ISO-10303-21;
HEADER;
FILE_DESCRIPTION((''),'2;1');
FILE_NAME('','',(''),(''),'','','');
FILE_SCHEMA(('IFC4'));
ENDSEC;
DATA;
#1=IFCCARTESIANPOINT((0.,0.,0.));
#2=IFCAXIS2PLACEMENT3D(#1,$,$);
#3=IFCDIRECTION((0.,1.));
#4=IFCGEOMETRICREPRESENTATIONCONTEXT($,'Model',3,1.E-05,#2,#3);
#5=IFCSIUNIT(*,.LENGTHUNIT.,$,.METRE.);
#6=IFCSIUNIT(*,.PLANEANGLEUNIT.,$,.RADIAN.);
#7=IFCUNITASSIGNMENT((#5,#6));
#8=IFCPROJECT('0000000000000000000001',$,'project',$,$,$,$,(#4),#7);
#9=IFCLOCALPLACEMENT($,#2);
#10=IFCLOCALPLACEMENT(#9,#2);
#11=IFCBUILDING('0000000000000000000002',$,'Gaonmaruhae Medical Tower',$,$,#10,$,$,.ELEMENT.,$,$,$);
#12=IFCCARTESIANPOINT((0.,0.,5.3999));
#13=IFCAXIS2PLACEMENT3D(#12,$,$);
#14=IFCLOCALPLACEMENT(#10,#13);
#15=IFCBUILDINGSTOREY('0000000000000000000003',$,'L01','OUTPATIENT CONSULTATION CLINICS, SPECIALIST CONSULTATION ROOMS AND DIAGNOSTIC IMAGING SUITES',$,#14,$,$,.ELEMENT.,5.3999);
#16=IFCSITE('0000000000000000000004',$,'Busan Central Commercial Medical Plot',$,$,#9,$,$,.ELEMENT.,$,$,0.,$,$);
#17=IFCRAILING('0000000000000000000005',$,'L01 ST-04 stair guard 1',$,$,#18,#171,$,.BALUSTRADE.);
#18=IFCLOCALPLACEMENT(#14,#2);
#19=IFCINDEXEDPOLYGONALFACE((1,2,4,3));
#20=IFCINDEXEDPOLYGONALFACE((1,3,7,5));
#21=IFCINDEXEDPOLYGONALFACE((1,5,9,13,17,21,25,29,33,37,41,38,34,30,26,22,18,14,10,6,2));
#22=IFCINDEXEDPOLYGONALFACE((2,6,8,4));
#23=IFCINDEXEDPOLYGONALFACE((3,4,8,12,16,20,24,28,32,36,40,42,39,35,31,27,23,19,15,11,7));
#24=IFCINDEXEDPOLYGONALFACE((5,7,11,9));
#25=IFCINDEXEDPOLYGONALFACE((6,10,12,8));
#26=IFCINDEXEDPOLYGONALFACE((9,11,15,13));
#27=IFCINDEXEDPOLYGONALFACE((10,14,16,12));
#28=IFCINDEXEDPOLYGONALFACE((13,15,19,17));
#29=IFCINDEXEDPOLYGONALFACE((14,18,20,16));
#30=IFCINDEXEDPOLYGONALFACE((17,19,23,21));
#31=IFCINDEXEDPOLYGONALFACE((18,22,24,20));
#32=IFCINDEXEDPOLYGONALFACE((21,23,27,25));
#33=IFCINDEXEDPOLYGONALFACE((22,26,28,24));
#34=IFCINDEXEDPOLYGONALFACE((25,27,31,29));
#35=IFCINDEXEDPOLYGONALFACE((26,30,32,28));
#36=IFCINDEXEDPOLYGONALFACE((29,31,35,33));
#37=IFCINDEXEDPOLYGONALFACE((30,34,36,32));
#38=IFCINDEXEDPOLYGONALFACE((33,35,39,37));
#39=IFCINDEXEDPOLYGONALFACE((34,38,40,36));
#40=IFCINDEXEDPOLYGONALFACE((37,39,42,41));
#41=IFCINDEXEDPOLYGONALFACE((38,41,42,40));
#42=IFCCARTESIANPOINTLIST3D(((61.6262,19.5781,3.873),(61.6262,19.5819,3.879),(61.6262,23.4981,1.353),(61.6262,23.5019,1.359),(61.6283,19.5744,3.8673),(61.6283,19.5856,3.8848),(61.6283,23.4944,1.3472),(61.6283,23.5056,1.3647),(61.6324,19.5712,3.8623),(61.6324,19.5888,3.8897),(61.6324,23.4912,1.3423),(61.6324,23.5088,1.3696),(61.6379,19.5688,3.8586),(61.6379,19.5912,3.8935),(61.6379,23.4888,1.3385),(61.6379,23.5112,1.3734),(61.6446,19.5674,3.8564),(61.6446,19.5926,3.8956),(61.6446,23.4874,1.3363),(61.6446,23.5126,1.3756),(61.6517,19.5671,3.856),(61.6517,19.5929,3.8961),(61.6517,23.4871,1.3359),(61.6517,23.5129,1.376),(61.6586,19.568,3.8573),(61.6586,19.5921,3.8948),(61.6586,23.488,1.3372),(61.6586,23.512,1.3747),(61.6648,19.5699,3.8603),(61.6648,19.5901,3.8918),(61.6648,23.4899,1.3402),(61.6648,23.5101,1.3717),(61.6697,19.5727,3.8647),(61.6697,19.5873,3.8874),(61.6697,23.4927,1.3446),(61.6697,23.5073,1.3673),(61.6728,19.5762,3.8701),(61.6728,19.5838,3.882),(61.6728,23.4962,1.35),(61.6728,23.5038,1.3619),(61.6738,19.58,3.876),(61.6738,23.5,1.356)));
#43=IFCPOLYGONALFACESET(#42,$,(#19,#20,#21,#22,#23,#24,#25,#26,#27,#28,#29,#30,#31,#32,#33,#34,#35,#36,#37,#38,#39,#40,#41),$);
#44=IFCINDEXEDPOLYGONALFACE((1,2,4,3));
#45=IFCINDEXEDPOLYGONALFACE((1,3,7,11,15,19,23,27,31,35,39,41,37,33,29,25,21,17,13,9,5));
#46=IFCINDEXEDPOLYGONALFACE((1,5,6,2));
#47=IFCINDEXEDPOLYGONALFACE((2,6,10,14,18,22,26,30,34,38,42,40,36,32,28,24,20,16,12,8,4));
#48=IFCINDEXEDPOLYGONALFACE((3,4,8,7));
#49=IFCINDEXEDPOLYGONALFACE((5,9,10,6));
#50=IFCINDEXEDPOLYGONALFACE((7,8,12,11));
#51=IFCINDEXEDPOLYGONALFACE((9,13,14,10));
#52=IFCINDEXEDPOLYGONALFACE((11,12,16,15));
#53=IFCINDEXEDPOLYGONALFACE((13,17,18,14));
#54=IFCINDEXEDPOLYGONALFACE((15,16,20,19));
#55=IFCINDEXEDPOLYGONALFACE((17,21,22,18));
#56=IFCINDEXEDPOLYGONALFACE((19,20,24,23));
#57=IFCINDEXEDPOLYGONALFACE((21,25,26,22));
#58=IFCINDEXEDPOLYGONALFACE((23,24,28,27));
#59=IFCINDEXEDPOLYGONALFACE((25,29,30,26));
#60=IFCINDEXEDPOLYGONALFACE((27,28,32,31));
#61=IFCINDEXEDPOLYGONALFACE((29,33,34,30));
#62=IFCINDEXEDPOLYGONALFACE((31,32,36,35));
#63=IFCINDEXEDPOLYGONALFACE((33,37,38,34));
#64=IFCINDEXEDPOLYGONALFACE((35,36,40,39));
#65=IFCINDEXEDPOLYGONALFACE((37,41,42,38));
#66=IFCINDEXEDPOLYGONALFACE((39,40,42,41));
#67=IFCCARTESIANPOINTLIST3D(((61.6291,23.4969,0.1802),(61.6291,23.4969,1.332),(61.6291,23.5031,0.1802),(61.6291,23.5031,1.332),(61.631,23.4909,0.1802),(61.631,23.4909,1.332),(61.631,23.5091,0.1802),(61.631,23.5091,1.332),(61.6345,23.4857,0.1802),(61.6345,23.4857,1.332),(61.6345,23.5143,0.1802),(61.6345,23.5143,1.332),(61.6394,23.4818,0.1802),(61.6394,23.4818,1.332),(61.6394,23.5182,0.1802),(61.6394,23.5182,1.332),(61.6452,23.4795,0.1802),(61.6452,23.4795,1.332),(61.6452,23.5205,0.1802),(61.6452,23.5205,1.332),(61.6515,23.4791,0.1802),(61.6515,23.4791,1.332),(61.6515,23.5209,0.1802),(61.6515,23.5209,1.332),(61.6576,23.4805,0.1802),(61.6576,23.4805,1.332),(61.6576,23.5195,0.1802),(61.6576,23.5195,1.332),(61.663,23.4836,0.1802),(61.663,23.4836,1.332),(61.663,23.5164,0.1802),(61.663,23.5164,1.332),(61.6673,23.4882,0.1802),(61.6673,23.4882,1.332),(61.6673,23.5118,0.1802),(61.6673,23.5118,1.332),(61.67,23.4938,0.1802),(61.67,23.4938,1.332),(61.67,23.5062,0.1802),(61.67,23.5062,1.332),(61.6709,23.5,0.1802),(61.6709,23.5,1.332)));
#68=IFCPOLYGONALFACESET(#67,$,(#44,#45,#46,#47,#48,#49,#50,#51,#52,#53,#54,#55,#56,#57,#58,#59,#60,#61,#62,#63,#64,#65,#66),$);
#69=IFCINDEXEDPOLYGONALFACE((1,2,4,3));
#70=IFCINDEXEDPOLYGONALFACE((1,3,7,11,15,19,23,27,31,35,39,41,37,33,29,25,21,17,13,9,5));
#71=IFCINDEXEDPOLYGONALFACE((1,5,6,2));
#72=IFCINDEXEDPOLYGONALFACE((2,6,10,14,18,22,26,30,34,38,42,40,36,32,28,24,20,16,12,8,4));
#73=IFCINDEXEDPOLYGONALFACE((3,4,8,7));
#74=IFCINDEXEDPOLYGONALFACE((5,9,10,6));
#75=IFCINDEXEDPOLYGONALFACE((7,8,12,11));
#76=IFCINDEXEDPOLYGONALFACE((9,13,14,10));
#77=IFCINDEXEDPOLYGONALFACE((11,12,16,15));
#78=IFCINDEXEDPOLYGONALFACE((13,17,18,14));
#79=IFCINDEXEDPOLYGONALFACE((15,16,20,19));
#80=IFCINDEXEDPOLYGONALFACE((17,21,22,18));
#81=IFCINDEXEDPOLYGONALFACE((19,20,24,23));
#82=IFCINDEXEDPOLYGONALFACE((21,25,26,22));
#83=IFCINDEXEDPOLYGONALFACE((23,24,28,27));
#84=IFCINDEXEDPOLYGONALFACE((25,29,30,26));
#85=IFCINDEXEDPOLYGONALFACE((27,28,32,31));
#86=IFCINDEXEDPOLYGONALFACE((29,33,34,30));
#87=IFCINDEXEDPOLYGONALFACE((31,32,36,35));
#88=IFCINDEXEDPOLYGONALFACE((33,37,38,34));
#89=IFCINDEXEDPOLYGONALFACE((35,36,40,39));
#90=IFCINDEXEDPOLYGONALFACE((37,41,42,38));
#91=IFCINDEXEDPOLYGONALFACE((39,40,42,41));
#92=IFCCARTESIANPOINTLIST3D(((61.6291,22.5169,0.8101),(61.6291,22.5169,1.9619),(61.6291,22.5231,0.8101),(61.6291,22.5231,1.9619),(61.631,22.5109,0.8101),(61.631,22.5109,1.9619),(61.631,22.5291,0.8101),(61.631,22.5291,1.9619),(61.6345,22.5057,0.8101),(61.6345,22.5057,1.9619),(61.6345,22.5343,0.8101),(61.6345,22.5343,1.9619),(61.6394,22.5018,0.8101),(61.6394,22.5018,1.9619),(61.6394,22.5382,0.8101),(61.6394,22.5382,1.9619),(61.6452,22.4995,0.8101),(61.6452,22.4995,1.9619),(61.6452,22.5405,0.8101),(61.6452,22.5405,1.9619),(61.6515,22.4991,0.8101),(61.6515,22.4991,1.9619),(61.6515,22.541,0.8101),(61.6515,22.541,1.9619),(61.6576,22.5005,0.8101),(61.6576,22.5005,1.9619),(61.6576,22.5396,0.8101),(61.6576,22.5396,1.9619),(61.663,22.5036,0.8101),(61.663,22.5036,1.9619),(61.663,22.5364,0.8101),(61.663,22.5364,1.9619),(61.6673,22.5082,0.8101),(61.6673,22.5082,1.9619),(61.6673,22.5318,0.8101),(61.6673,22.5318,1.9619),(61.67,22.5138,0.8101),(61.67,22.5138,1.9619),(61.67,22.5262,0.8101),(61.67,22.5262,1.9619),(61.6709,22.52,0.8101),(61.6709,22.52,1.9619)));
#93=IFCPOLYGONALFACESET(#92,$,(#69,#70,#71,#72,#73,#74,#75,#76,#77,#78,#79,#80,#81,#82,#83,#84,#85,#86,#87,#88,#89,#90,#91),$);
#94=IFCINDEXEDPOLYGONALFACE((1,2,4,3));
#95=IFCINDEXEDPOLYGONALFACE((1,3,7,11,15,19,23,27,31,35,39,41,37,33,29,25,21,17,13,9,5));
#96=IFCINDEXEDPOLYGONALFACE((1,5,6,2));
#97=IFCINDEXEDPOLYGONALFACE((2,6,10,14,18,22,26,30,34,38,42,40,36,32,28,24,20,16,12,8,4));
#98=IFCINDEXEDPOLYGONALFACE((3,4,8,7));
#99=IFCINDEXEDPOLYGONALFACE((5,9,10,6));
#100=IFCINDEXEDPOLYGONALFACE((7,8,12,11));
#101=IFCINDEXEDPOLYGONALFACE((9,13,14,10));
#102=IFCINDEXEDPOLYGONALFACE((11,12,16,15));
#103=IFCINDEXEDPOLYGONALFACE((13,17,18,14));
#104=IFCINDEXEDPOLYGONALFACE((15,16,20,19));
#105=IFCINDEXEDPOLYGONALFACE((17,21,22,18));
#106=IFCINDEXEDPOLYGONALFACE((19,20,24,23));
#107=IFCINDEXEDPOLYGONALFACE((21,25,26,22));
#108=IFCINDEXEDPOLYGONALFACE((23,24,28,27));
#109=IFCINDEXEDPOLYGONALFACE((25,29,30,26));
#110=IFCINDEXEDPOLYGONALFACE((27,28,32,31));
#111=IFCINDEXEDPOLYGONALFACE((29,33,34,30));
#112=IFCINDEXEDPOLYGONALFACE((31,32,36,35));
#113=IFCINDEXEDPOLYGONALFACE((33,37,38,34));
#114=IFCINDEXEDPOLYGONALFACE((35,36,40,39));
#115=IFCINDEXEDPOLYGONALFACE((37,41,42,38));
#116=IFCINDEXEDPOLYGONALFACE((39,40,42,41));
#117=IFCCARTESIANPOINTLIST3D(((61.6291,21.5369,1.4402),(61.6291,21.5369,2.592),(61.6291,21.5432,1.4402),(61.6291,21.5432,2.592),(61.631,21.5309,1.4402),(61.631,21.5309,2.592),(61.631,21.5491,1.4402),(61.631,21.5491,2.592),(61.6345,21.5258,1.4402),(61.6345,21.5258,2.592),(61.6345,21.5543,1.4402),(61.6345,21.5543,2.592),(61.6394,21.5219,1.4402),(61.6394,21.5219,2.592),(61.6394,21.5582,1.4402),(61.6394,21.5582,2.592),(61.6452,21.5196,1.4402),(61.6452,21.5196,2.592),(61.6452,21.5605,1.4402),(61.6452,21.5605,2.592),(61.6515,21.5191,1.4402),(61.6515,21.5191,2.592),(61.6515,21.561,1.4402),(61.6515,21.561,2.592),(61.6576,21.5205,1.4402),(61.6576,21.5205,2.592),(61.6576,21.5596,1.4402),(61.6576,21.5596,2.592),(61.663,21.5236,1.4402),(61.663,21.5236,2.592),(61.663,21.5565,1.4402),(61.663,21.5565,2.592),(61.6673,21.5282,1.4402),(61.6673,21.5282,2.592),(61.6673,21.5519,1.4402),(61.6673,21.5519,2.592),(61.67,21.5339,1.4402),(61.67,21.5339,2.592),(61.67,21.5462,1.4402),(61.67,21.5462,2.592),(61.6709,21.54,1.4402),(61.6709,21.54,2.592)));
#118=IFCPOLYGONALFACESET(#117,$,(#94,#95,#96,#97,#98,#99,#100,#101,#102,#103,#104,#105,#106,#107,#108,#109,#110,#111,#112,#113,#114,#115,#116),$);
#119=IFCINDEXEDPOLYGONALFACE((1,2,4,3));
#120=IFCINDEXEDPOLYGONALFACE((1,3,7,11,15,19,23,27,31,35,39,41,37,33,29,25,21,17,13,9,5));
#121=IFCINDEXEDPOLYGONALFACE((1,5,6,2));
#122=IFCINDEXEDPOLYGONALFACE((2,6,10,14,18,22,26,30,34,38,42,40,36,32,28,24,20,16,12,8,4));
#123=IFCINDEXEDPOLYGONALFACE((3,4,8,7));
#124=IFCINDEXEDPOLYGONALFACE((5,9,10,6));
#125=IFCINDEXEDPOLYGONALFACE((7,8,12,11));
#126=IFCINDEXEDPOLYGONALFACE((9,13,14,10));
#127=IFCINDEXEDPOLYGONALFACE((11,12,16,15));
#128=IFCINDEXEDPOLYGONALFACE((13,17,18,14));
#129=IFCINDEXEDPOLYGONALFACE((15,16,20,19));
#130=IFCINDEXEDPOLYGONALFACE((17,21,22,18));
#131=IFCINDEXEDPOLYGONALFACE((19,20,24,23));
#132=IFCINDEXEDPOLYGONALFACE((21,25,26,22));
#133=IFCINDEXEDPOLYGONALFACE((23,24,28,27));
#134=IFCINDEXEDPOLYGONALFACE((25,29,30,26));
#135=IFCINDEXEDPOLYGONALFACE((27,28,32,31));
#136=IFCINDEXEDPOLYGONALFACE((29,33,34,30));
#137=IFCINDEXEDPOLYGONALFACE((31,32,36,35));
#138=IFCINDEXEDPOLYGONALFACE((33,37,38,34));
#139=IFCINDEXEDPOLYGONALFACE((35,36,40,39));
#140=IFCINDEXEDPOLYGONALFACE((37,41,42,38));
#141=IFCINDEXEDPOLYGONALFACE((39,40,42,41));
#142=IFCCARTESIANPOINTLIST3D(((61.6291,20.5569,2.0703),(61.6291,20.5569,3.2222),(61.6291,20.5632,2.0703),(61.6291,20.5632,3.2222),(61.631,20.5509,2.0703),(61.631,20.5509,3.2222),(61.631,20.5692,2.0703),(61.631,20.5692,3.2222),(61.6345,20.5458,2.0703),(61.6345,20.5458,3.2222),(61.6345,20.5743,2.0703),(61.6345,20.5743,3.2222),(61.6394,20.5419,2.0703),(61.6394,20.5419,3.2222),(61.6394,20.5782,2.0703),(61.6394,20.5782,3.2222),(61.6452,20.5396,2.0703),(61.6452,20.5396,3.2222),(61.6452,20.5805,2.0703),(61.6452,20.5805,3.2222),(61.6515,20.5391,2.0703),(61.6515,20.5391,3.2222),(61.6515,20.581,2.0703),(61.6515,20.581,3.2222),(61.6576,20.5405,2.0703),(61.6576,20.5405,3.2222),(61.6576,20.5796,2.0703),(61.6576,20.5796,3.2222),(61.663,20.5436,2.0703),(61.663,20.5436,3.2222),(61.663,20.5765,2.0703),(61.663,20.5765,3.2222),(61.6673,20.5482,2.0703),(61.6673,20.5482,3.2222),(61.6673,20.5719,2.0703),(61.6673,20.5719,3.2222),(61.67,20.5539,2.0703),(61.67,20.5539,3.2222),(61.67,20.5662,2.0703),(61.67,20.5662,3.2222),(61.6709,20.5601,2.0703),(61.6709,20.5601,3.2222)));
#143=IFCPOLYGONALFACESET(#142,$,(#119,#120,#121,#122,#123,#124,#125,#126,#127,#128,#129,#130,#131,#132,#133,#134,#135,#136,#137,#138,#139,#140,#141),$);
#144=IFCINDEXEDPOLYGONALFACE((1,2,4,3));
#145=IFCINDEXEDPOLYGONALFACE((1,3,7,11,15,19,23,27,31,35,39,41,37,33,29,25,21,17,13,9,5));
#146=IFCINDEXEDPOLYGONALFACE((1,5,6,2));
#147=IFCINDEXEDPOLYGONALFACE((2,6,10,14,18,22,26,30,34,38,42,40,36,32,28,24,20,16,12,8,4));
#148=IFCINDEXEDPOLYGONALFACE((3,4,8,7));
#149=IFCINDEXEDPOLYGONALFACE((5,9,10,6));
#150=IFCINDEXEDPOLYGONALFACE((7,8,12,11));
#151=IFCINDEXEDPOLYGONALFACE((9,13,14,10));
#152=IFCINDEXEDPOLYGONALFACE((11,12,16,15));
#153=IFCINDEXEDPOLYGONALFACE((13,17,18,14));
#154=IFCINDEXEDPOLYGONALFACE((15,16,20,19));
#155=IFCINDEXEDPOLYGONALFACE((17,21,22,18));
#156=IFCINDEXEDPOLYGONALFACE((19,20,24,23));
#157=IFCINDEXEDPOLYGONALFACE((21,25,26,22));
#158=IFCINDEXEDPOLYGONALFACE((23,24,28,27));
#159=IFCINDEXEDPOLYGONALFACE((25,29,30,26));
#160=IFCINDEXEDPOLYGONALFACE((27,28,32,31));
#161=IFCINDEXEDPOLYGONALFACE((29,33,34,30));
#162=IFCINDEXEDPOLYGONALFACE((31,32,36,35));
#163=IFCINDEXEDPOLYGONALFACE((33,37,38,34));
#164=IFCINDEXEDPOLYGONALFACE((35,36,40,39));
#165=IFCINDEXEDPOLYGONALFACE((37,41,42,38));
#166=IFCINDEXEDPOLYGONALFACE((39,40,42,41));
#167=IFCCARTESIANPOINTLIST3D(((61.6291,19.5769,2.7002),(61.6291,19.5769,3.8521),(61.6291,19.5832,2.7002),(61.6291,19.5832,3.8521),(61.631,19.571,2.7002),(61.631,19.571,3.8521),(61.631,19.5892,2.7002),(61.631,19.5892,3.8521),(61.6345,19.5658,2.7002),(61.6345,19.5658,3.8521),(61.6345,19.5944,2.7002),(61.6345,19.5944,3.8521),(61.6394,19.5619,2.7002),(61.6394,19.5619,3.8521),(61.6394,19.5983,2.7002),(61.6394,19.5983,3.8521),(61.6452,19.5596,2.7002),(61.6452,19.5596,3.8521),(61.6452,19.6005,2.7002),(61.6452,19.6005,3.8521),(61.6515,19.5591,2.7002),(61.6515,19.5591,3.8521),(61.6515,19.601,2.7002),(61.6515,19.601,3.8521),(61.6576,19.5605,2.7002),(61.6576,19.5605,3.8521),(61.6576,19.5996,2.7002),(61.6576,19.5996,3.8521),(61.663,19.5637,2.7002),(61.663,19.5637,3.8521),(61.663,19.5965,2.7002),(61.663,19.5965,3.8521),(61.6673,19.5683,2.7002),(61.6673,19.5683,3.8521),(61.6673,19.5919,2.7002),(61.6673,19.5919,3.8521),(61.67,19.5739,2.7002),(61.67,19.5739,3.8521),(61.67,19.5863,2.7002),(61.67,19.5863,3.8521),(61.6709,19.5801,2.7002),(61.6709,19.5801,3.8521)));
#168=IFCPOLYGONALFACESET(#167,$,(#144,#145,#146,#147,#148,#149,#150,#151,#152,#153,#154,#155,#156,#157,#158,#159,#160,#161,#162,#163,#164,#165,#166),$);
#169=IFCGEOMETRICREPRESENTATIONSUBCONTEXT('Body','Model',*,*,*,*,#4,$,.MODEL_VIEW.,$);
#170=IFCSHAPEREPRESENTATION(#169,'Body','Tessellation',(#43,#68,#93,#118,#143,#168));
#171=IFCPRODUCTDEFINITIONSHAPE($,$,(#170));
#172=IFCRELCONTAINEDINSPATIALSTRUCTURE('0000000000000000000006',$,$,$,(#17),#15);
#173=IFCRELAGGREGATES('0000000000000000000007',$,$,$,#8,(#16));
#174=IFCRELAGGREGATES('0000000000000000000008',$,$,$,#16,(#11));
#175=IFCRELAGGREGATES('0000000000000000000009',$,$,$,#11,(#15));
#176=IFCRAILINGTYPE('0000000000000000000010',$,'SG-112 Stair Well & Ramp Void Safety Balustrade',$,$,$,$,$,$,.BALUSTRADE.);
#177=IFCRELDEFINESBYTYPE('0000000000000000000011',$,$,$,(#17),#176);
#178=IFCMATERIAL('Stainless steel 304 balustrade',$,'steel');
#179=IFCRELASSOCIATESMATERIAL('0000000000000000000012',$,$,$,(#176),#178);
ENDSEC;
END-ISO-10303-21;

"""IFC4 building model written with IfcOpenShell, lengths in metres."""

from ifc_helpers import new_model, si_unit, direction, frame, origin, origin_2d, place, context, subcontext, project, spatial, circle, extrude, material, type_object, element, save


model = new_model("IFC4")

# Units and contexts
model_context = context("Model", 3, precision=1e-05, world=origin(), true_north=direction((0.0, 1.0)))
body_context = subcontext(model_context, "Body", "Model", "MODEL_VIEW")
ifc_project = project(units=[si_unit("LENGTHUNIT", "METRE"), si_unit("PLANEANGLEUNIT", "RADIAN")], contexts=[model_context])

# Site, building, storey
site_placement = place(None, origin())
site = spatial("IfcSite", under=ifc_project, at=site_placement, Name="Busan Central Commercial Medical Plot", CompositionType="ELEMENT", RefElevation=0.0)
building_placement = place(site_placement, origin())
building = spatial("IfcBuilding", under=site, at=building_placement, Name="Gaonmaruhae Medical Tower", CompositionType="ELEMENT")
storey_placement = place(building_placement, frame((0.0, 0.0, 5.3999)))
storey = spatial("IfcBuildingStorey", under=building, at=storey_placement, Name="L01", Description="OUTPATIENT CONSULTATION CLINICS, SPECIALIST CONSULTATION ROOMS AND DIAGNOSTIC IMAGING SUITES", CompositionType="ELEMENT", Elevation=5.3999)

# Railing
ifc_material_1 = material(Name="Stainless steel 304 balustrade", Category="steel")
railing_type_1 = type_object("IfcRailingType", Name="SG-112 Stair Well & Ramp Void Safety Balustrade", PredefinedType="BALUSTRADE", material=ifc_material_1)
railing_1_placement = place(storey_placement, frame((61.6499, 23.5, 0.1802)))
element("IfcRailing", 1, at=railing_1_placement, inside=storey, type_object=railing_type_1, Name="L01 ST-04 stair guard 1", PredefinedType="BALUSTRADE", context=body_context, shape_type="SweptSolid", body=[
    extrude(circle(Radius=0.0239, at=origin_2d()), frame((0.0, 0.0, 1.1758), z_axis=(0.0, -0.841172, 0.540768), x_axis=(1.0, 0.0, 0.0)), (0.0, 0.0, 1.0), 4.6602),
    extrude(circle(Radius=0.021, at=origin_2d()), origin(), (0.0, 0.0, 1.0), 1.1519),
    extrude(circle(Radius=0.021, at=origin_2d()), frame((0.0, -0.98, 0.6299)), (0.0, 0.0, 1.0), 1.1519),
    extrude(circle(Radius=0.021, at=origin_2d()), frame((0.0, -1.96, 1.26)), (0.0, 0.0, 1.0), 1.1519),
    extrude(circle(Radius=0.021, at=origin_2d()), frame((0.0, -2.9399, 1.8901)), (0.0, 0.0, 1.0), 1.1519),
    extrude(circle(Radius=0.021, at=origin_2d()), frame((0.0, -3.9199, 2.52)), (0.0, 0.0, 1.0), 1.1519),
])

save(model, "model.ifc")
